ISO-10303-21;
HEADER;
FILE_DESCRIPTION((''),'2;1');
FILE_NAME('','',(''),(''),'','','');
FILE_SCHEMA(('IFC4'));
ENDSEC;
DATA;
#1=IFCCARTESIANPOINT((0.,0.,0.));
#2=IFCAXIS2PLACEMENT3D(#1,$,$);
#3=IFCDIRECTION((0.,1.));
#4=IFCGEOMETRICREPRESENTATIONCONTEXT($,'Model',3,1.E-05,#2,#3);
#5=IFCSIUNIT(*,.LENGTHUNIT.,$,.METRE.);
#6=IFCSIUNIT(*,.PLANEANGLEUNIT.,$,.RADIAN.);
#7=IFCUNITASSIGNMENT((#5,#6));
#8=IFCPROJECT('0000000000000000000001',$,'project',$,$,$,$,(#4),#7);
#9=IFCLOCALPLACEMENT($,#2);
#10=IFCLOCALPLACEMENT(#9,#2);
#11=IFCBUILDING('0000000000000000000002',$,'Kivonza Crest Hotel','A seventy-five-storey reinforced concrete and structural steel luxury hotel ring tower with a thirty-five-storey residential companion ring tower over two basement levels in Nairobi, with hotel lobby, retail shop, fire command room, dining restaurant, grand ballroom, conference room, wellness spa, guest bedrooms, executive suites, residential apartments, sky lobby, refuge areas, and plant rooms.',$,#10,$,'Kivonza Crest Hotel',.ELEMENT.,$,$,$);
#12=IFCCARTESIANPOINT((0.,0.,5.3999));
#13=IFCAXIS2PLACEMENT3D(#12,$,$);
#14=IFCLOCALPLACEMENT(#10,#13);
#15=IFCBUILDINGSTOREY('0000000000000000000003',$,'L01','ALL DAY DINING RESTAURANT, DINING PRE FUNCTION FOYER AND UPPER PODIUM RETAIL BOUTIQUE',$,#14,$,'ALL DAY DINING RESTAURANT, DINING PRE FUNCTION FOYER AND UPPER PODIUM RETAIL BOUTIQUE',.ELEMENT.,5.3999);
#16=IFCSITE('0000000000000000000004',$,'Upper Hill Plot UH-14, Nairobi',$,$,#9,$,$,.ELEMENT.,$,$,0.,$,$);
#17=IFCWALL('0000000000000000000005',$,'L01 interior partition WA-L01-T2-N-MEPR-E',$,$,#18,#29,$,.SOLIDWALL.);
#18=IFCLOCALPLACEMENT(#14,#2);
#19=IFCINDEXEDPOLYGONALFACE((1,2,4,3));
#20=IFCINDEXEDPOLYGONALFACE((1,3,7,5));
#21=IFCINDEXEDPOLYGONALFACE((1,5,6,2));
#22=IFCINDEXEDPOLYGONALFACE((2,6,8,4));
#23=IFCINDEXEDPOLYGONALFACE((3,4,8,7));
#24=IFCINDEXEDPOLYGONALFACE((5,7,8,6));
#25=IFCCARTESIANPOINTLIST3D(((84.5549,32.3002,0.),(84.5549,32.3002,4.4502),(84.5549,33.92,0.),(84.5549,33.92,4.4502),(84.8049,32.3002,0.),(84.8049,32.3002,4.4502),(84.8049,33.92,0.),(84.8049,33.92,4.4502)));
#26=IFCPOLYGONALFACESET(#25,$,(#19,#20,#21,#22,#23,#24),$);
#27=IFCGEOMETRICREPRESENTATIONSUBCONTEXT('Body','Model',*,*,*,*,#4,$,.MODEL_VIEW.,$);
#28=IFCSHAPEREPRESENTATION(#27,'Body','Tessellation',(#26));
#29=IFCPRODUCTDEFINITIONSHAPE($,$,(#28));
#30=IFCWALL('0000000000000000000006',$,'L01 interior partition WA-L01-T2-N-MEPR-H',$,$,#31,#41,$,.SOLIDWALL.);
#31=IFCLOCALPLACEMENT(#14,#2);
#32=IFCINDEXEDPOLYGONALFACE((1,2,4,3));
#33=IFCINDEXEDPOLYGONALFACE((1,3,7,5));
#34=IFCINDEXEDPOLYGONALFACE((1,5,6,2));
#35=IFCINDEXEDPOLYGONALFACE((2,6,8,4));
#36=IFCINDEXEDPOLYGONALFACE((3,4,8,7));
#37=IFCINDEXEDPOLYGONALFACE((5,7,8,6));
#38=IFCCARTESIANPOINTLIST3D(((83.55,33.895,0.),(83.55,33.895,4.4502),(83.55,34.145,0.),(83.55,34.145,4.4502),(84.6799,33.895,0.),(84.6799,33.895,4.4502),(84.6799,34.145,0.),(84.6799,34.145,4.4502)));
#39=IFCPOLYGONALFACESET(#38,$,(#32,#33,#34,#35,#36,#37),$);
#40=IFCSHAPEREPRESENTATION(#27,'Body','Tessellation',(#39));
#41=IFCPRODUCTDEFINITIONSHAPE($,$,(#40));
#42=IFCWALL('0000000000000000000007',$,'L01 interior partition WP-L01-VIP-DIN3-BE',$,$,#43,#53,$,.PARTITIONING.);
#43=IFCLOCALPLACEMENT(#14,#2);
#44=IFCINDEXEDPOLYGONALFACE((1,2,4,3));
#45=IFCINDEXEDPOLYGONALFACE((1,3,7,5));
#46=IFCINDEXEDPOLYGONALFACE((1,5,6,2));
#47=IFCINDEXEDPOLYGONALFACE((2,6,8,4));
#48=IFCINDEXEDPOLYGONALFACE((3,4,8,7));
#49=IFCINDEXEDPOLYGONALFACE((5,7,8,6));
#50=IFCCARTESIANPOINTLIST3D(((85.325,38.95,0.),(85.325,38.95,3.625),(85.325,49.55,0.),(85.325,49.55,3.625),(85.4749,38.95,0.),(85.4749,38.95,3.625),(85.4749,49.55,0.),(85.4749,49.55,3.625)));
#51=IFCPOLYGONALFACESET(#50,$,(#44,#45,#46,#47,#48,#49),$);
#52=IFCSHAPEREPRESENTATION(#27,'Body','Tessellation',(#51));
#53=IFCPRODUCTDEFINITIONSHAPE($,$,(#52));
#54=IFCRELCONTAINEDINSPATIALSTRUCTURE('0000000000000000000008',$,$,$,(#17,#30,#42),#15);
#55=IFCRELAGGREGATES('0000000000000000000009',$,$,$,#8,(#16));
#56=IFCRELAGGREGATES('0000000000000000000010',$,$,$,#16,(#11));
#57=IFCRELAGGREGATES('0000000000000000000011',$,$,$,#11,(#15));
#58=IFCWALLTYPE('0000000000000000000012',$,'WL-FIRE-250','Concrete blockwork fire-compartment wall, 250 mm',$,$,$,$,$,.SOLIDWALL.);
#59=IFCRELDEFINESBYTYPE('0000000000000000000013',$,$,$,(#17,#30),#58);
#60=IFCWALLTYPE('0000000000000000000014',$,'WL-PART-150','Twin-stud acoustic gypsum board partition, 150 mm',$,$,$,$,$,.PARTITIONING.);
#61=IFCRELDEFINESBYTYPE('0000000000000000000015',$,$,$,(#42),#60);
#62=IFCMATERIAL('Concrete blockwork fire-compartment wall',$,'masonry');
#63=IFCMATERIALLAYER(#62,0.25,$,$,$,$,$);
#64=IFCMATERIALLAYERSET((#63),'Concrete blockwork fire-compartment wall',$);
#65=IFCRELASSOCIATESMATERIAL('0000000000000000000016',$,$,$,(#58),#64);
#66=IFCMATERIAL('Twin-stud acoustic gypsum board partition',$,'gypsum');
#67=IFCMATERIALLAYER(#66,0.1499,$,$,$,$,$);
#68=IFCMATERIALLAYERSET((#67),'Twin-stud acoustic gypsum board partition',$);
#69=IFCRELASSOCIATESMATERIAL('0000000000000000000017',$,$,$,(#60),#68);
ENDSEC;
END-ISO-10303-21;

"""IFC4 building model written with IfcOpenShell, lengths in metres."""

from ifc_helpers import new_model, si_unit, direction, frame, frame_2d, origin, place, context, subcontext, project, spatial, rectangle, extrude, material, layer, layer_set, type_object, element, save


model = new_model("IFC4")

# Units and contexts
model_context = context("Model", 3, precision=1e-05, world=origin(), true_north=direction((0.0, 1.0)))
body_context = subcontext(model_context, "Body", "Model", "MODEL_VIEW")
ifc_project = project(units=[si_unit("LENGTHUNIT", "METRE"), si_unit("PLANEANGLEUNIT", "RADIAN")], contexts=[model_context])

# Site, building, storey
site_placement = place(None, origin())
site = spatial("IfcSite", under=ifc_project, at=site_placement, Name="Upper Hill Plot UH-14, Nairobi", CompositionType="ELEMENT", RefElevation=0.0)
building_placement = place(site_placement, origin())
building = spatial("IfcBuilding", under=site, at=building_placement, Name="Kivonza Crest Hotel", Description="A seventy-five-storey reinforced concrete and structural steel luxury hotel ring tower with a thirty-five-storey residential companion ring tower over two basement levels in Nairobi, with hotel lobby, retail shop, fire command room, dining restaurant, grand ballroom, conference room, wellness spa, guest bedrooms, executive suites, residential apartments, sky lobby, refuge areas, and plant rooms.", LongName="Kivonza Crest Hotel", CompositionType="ELEMENT")
storey_placement = place(building_placement, frame((0.0, 0.0, 5.3999)))
storey = spatial("IfcBuildingStorey", under=building, at=storey_placement, Name="L01", Description="ALL DAY DINING RESTAURANT, DINING PRE FUNCTION FOYER AND UPPER PODIUM RETAIL BOUTIQUE", LongName="ALL DAY DINING RESTAURANT, DINING PRE FUNCTION FOYER AND UPPER PODIUM RETAIL BOUTIQUE", CompositionType="ELEMENT", Elevation=5.3999)

# Walls
ifc_material_1 = material(Name="Concrete blockwork fire-compartment wall", Category="masonry")
ifc_layer_1 = layer(ifc_material_1, 0.25)
ifc_layer_set_1 = layer_set([ifc_layer_1], Name="Concrete blockwork fire-compartment wall")
wall_type_1 = type_object("IfcWallType", Name="WL-FIRE-250", Description="Concrete blockwork fire-compartment wall, 250 mm", PredefinedType="SOLIDWALL", material=ifc_layer_set_1)
wall_1_placement = place(storey_placement, frame((84.6799, 32.3, 0.0), z_axis=(0.0, 0.0, 1.0), x_axis=(0.0, 1.0, 0.0)))
element("IfcWall", 1, at=wall_1_placement, inside=storey, type_object=wall_type_1, Name="L01 interior partition WA-L01-T2-N-MEPR-E", PredefinedType="SOLIDWALL", context=body_context, shape_type="SweptSolid", body=[
    extrude(rectangle(XDim=1.6199, YDim=0.25, at=frame_2d((0.8101, 0.0))), origin(), (0.0, 0.0, 1.0), 4.4502),
])
wall_2_placement = place(storey_placement, frame((83.55, 34.02, 0.0), z_axis=(0.0, 0.0, 1.0), x_axis=(1.0, 0.0, 0.0)))
element("IfcWall", 2, at=wall_2_placement, inside=storey, type_object=wall_type_1, Name="L01 interior partition WA-L01-T2-N-MEPR-H", PredefinedType="SOLIDWALL", context=body_context, shape_type="SweptSolid", body=[
    extrude(rectangle(XDim=1.1299, YDim=0.25, at=frame_2d((0.5649, 0.0))), origin(), (0.0, 0.0, 1.0), 4.4502),
])
ifc_material_2 = material(Name="Twin-stud acoustic gypsum board partition", Category="gypsum")
ifc_layer_2 = layer(ifc_material_2, 0.1499)
ifc_layer_set_2 = layer_set([ifc_layer_2], Name="Twin-stud acoustic gypsum board partition")
wall_type_2 = type_object("IfcWallType", Name="WL-PART-150", Description="Twin-stud acoustic gypsum board partition, 150 mm", PredefinedType="PARTITIONING", material=ifc_layer_set_2)
wall_3_placement = place(storey_placement, frame((85.3999, 38.95, 0.0), z_axis=(0.0, 0.0, 1.0), x_axis=(0.0, 1.0, 0.0)))
element("IfcWall", 3, at=wall_3_placement, inside=storey, type_object=wall_type_2, Name="L01 interior partition WP-L01-VIP-DIN3-BE", PredefinedType="PARTITIONING", context=body_context, shape_type="SweptSolid", body=[
    extrude(rectangle(XDim=10.6001, YDim=0.1499, at=frame_2d((5.3, 0.0))), origin(), (0.0, 0.0, 1.0), 3.625),
])

save(model, "model.ifc")
